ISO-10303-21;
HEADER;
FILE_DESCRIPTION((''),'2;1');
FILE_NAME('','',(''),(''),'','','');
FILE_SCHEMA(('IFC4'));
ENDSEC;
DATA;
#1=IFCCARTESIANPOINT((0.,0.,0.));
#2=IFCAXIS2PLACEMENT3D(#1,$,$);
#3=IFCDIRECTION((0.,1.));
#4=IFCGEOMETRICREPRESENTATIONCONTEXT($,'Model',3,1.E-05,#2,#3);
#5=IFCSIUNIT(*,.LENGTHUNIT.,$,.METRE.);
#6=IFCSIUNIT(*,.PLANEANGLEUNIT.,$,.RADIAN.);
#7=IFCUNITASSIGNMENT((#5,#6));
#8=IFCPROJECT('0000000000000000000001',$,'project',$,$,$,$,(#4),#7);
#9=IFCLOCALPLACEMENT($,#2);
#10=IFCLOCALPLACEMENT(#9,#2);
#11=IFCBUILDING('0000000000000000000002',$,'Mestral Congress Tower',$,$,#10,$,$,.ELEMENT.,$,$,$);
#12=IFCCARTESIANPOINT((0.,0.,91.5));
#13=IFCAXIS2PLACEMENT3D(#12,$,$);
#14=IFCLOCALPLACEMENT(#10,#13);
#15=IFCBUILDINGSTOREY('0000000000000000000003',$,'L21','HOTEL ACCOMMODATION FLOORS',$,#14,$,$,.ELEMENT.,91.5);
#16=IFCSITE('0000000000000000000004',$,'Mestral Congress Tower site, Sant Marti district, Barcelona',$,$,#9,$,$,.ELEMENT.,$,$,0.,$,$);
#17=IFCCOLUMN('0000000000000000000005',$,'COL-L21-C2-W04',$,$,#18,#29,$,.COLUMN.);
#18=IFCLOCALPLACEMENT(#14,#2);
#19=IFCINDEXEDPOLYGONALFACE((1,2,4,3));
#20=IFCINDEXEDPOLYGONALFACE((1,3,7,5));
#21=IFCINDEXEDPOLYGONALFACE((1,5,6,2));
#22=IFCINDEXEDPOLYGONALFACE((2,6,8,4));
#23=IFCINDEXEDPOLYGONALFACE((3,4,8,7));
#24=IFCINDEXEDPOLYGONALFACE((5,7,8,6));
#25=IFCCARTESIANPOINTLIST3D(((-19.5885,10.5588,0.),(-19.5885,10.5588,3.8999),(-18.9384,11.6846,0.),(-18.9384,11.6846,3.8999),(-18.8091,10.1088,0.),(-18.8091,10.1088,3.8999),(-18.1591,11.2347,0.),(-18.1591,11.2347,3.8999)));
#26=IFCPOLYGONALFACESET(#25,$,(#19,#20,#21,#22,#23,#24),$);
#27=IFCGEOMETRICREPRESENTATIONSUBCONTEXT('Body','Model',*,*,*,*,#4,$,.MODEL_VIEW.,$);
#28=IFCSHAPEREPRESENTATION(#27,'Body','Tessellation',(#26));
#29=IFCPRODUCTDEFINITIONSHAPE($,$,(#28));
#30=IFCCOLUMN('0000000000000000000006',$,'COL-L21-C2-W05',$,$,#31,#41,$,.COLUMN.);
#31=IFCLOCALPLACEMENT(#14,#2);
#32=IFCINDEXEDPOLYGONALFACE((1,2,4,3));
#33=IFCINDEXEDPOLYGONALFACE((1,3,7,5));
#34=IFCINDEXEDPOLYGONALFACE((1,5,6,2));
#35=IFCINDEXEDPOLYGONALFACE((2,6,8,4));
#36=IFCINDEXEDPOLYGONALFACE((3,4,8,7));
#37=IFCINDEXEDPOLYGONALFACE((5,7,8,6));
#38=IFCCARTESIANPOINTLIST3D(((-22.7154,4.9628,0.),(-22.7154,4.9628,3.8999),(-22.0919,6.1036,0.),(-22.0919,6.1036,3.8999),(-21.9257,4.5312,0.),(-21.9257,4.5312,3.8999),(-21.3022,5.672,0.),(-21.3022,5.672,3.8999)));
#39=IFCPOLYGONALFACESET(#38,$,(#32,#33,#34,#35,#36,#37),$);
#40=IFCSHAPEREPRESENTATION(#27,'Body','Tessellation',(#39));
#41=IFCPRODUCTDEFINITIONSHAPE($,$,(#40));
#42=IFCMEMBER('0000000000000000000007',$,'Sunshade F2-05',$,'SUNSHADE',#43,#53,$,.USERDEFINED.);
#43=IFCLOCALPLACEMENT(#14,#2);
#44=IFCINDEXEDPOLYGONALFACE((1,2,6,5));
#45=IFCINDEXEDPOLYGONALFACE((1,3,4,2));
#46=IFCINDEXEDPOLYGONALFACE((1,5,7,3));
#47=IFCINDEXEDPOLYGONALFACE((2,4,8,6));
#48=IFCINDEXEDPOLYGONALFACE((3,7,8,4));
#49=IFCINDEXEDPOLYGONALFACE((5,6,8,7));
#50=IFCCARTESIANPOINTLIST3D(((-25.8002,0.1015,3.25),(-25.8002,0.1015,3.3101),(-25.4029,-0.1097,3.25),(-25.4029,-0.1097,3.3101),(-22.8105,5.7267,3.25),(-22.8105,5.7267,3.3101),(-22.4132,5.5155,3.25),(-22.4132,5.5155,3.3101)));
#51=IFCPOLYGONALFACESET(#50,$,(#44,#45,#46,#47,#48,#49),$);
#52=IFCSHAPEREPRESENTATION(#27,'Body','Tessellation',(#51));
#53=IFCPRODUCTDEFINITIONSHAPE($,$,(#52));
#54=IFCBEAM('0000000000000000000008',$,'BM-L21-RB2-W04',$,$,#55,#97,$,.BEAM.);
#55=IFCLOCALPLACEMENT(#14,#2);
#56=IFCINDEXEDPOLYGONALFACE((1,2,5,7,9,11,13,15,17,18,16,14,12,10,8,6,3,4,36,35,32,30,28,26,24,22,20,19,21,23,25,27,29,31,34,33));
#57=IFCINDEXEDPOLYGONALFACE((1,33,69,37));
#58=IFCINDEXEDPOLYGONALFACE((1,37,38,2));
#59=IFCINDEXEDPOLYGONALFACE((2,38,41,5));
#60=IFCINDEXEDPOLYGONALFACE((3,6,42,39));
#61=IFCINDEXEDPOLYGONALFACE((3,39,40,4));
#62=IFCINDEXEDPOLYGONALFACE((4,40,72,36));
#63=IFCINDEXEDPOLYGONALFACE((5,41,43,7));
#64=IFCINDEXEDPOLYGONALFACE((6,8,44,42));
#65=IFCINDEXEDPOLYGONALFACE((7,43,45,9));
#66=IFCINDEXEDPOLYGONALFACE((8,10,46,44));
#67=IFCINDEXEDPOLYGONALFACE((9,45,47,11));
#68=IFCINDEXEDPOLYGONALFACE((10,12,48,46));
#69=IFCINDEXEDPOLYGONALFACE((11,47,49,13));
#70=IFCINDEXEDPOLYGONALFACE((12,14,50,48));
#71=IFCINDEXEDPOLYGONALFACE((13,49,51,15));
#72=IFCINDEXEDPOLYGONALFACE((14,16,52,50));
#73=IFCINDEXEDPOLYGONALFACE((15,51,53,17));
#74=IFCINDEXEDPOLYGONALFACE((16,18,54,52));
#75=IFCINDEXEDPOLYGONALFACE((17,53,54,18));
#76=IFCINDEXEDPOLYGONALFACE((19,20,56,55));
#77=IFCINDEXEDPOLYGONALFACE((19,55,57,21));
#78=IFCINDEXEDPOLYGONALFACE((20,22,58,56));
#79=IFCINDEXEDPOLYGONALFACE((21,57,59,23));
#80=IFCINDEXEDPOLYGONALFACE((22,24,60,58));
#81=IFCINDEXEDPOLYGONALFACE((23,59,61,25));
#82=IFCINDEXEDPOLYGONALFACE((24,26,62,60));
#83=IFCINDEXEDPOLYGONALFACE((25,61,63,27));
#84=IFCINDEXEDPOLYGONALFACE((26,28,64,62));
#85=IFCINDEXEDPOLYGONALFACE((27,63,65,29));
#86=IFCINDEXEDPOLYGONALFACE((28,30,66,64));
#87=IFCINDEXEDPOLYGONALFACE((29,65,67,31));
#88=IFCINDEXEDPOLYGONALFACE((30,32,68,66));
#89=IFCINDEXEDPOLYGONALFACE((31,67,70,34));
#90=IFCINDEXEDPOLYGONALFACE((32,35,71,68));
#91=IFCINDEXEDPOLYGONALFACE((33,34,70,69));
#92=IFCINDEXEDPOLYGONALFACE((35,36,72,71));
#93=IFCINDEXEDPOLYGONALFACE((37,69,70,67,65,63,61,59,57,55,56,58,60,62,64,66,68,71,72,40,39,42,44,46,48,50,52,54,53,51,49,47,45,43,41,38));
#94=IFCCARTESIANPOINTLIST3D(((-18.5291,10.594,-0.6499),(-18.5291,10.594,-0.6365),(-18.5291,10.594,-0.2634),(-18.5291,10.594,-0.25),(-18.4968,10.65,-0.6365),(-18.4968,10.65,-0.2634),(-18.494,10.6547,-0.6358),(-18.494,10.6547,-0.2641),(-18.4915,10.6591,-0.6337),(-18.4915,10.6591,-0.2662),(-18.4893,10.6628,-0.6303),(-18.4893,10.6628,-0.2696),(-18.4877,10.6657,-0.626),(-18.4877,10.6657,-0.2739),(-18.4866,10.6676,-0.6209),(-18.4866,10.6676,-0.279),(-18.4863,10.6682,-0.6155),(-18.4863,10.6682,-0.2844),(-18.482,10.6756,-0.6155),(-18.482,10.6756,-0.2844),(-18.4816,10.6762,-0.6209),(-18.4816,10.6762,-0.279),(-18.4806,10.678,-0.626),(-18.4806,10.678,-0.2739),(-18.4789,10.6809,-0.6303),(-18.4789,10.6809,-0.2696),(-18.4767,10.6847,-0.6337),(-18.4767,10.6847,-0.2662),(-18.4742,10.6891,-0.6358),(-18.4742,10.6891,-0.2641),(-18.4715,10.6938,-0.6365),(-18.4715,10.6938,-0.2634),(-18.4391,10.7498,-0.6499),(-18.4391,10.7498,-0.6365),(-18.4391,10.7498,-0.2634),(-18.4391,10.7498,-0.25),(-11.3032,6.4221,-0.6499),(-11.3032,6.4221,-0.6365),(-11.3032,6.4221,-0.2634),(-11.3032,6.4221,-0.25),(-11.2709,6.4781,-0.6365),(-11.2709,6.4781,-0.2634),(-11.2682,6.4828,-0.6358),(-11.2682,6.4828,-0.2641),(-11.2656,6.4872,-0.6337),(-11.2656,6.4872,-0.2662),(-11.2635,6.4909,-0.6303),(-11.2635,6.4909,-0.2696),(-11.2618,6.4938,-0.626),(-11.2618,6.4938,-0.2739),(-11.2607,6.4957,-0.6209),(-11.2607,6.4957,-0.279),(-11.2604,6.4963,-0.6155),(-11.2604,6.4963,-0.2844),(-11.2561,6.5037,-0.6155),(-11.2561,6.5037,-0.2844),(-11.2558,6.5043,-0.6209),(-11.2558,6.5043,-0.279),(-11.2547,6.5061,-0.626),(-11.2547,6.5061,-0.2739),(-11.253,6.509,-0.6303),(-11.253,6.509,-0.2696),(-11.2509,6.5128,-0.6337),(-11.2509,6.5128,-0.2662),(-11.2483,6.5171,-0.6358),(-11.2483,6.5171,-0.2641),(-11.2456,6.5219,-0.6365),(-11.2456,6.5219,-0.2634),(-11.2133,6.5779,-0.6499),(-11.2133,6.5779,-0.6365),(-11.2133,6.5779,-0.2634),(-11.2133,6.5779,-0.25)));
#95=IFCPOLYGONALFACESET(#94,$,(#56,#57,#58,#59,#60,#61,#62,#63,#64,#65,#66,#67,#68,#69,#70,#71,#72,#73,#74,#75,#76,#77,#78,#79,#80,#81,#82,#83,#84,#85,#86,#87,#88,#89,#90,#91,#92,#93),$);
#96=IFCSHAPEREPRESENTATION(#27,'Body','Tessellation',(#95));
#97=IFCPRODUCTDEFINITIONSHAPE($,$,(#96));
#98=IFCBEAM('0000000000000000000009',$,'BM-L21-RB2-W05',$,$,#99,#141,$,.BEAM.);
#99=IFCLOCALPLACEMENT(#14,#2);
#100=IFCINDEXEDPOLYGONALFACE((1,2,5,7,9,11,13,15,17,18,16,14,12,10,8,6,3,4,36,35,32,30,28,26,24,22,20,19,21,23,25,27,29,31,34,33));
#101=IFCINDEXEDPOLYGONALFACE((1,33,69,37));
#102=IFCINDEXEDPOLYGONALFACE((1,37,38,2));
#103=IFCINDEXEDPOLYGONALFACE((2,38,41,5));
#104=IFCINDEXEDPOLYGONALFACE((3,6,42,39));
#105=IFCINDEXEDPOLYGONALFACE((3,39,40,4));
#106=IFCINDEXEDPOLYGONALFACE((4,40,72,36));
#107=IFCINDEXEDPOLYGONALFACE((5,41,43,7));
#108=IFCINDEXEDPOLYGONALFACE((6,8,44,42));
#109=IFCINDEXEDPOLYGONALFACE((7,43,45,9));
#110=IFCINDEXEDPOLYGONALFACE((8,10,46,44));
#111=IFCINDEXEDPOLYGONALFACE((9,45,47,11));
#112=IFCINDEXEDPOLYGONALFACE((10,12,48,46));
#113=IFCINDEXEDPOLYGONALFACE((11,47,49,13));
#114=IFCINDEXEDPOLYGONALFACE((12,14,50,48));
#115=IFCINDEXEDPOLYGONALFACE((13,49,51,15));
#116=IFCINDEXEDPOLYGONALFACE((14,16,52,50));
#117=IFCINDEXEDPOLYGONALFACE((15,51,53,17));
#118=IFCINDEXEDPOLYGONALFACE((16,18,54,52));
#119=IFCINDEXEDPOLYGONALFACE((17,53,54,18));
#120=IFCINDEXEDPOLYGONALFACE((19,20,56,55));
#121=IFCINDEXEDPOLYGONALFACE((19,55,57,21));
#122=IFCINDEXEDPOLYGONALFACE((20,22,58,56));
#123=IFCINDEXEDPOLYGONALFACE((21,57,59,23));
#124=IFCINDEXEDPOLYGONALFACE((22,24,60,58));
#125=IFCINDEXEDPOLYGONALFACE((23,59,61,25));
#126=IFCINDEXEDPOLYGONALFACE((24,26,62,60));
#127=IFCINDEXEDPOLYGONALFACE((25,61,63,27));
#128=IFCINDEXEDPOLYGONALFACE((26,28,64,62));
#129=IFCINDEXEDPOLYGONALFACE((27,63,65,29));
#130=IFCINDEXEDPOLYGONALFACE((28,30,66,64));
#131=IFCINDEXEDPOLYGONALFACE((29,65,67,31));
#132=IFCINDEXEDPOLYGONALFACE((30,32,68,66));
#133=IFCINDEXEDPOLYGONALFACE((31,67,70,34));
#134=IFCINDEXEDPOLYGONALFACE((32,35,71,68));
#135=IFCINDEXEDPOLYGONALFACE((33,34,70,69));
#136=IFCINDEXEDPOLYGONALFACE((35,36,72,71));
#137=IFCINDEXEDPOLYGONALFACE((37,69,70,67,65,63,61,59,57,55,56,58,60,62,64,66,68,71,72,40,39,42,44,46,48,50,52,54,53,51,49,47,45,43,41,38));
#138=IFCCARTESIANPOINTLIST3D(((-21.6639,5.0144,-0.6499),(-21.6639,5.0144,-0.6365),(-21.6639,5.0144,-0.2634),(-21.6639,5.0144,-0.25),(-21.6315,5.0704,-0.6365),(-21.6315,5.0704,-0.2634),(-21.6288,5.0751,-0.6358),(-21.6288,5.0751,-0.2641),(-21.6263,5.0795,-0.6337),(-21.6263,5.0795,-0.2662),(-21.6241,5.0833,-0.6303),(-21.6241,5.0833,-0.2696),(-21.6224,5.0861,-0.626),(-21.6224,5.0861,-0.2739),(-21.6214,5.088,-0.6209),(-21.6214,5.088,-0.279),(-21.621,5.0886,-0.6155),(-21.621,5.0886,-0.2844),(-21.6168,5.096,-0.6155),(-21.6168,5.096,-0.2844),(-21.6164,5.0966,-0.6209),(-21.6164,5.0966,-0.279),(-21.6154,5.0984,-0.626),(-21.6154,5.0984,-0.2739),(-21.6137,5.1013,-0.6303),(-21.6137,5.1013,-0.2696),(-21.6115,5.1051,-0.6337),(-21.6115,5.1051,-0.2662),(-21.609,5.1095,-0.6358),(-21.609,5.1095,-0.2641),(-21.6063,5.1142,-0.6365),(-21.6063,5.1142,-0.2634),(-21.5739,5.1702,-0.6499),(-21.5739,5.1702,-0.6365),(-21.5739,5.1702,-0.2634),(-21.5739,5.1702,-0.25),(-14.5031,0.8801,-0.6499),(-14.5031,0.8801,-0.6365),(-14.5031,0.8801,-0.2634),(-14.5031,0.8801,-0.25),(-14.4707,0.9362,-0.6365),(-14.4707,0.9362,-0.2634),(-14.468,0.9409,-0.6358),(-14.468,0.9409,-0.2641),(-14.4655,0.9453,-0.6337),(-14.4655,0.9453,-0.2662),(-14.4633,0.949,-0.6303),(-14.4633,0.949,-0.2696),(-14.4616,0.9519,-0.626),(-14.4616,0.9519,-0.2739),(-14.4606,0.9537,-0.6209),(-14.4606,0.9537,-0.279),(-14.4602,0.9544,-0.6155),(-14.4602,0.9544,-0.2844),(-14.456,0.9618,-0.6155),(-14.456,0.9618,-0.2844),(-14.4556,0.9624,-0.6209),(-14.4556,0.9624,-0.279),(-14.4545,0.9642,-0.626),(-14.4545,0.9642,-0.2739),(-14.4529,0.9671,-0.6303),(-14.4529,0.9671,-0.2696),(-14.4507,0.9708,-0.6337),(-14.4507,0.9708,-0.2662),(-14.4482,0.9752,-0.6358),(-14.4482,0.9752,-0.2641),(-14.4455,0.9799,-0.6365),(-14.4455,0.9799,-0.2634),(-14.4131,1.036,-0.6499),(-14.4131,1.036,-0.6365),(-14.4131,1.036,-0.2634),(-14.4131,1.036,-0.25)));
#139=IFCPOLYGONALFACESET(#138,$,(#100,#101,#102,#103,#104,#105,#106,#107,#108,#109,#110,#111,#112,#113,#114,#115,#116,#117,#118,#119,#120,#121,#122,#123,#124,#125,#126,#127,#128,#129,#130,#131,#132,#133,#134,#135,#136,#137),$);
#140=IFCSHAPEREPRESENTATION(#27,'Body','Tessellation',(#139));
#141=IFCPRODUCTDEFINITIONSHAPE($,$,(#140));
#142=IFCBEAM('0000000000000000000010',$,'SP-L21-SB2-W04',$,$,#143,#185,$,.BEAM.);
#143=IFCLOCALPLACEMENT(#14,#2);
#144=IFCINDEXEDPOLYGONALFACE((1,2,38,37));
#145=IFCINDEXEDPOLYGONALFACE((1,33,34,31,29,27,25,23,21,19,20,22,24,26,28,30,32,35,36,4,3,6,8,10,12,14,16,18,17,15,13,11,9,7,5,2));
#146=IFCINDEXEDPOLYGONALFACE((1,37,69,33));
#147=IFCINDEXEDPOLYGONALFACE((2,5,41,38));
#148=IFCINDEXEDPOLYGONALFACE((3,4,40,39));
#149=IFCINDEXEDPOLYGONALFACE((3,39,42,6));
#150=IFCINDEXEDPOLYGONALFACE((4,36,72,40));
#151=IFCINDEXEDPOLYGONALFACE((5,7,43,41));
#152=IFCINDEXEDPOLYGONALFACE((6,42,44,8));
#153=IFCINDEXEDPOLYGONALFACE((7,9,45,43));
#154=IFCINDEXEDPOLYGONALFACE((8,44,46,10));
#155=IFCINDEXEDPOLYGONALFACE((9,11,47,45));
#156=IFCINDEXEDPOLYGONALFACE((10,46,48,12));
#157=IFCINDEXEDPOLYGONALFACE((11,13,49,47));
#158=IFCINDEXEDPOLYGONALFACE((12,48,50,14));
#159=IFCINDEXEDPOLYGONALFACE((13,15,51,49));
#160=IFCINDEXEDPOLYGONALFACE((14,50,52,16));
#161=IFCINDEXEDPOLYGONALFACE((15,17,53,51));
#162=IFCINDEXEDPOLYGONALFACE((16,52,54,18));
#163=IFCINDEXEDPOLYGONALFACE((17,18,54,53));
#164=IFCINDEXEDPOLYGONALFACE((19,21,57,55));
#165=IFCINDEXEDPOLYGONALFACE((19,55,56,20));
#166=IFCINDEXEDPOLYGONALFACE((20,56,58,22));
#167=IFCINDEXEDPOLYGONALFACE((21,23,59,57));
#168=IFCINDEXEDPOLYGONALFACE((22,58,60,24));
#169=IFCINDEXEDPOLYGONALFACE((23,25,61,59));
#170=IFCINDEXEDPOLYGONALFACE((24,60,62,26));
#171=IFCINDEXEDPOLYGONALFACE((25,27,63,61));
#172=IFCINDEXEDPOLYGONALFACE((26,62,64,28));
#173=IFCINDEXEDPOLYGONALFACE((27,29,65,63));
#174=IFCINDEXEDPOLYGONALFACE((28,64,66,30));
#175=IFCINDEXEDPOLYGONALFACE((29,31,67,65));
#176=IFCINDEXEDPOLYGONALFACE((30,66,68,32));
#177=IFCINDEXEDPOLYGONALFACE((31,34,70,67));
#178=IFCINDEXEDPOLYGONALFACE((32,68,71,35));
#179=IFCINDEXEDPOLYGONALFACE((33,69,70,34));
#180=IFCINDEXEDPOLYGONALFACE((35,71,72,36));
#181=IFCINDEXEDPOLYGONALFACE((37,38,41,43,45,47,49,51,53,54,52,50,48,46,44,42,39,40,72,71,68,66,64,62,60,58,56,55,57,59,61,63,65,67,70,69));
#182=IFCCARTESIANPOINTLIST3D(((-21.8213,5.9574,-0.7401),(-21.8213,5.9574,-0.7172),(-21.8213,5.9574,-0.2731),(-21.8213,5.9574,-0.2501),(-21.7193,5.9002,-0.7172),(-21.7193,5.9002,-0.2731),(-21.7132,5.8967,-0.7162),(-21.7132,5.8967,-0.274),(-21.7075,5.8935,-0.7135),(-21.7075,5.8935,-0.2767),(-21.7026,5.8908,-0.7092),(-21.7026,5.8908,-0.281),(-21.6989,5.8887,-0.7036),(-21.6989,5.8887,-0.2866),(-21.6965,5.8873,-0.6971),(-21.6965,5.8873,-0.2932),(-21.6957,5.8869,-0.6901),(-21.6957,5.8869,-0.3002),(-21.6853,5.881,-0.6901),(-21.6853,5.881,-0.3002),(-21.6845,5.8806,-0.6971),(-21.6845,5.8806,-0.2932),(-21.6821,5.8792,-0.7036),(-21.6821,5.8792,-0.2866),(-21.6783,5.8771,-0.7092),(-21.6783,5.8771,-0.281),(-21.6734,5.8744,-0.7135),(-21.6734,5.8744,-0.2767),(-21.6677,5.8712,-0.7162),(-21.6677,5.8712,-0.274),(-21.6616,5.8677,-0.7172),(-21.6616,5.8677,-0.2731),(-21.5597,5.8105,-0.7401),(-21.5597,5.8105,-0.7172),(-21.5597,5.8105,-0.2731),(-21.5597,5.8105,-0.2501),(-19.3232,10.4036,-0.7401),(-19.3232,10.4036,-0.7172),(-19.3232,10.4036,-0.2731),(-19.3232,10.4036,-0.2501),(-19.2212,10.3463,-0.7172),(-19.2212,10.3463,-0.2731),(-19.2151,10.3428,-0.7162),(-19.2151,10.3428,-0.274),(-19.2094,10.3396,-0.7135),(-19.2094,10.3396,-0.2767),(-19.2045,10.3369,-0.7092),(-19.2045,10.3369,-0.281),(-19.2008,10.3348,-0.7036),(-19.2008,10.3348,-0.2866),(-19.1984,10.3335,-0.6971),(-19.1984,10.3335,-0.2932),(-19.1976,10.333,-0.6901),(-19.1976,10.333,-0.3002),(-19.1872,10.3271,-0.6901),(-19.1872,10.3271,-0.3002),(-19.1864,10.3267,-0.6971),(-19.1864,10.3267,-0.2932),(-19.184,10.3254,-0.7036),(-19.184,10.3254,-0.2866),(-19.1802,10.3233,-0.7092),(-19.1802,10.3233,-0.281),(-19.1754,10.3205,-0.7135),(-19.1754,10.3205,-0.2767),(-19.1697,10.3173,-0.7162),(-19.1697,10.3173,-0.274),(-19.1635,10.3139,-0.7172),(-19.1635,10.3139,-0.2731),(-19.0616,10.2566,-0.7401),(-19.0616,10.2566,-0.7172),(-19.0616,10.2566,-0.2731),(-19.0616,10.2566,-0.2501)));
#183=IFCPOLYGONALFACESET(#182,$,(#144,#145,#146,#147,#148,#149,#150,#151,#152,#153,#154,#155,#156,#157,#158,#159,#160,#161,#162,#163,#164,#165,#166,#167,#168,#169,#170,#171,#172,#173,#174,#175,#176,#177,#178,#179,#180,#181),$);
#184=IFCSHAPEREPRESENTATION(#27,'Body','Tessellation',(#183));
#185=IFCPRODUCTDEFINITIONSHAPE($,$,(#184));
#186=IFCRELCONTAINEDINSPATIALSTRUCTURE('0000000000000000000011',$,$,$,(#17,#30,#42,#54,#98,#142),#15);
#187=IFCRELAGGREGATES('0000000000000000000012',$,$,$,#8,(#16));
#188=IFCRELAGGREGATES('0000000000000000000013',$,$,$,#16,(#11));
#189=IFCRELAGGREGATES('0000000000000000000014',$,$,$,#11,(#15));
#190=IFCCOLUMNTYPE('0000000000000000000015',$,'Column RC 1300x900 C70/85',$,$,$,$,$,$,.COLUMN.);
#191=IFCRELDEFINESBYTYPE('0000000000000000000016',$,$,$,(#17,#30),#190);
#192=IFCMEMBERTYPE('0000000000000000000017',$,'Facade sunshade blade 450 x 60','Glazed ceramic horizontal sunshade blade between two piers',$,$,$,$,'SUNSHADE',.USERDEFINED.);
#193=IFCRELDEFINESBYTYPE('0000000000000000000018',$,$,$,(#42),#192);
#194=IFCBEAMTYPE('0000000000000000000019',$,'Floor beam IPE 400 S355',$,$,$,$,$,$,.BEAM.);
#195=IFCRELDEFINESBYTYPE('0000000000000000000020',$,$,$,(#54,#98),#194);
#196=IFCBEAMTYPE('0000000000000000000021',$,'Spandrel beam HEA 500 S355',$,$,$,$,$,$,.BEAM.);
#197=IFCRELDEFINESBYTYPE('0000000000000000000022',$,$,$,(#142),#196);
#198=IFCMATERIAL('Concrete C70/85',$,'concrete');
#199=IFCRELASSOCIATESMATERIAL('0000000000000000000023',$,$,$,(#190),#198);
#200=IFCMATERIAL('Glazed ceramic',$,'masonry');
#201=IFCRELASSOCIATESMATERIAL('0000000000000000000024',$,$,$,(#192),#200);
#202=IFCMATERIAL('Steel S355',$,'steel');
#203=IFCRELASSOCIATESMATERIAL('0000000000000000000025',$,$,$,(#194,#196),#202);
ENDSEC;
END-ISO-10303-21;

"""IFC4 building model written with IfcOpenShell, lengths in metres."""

from ifc_helpers import new_model, si_unit, direction, frame, origin, origin_2d, place, context, subcontext, project, spatial, rectangle, i_section, extrude, material, material_profile, profile_set, type_object, element, save


model = new_model("IFC4")

# Units and contexts
model_context = context("Model", 3, precision=1e-05, world=origin(), true_north=direction((0.0, 1.0)))
body_context = subcontext(model_context, "Body", "Model", "MODEL_VIEW")
ifc_project = project(units=[si_unit("LENGTHUNIT", "METRE"), si_unit("PLANEANGLEUNIT", "RADIAN")], contexts=[model_context])

# Site, building, storey
site_placement = place(None, origin())
site = spatial("IfcSite", under=ifc_project, at=site_placement, Name="Mestral Congress Tower site, Sant Marti district, Barcelona", CompositionType="ELEMENT", RefElevation=0.0)
building_placement = place(site_placement, origin())
building = spatial("IfcBuilding", under=site, at=building_placement, Name="Mestral Congress Tower", CompositionType="ELEMENT")
storey_placement = place(building_placement, frame((0.0, 0.0, 91.5)))
storey = spatial("IfcBuildingStorey", under=building, at=storey_placement, Name="L21", Description="HOTEL ACCOMMODATION FLOORS", CompositionType="ELEMENT", Elevation=91.5)

# Columns
ifc_material_1 = material(Name="Concrete C70/85", Category="concrete")
ifc_material_profile_1 = material_profile(ifc_material_1, rectangle(XDim=1.3, YDim=0.8999, at=origin_2d()), Name="RC 1300x900")
ifc_profile_set_1 = profile_set([ifc_material_profile_1], Name="Concrete C70/85")
column_type = type_object("IfcColumnType", Name="Column RC 1300x900 C70/85", PredefinedType="COLUMN", material=ifc_profile_set_1)
for number, where, z_axis, x_axis, name in (
    (1, (-18.8738, 10.8967, 0.0), (0.0, 0.0, 1.0), (-0.5, -0.866025, 0.0), "COL-L21-C2-W04"),
    (2, (-22.0088, 5.3174, 0.0), (0.0, 0.0, 1.0), (-0.479613, -0.87748, 0.0), "COL-L21-C2-W05"),
):
    element("IfcColumn", number, at=place(storey_placement, frame(where, z_axis=z_axis, x_axis=x_axis)), inside=storey, type_object=column_type, Name=name, PredefinedType="COLUMN", context=body_context, shape_type="SweptSolid", body=[
        extrude(rectangle(XDim=1.3, YDim=0.8999, at=origin_2d()), origin(), (0.0, 0.0, 1.0), 3.8999),
    ])

# Member
ifc_material_2 = material(Name="Glazed ceramic", Category="masonry")
ifc_material_profile_2 = material_profile(ifc_material_2, rectangle(XDim=0.45, YDim=0.0601, at=origin_2d()), Name="Ceramic blade 450 x 60")
ifc_profile_set_2 = profile_set([ifc_material_profile_2], Name="Glazed ceramic")
member_type = type_object("IfcMemberType", Name="Facade sunshade blade 450 x 60", Description="Glazed ceramic horizontal sunshade blade between two piers", ElementType="SUNSHADE", PredefinedType="USERDEFINED", material=ifc_profile_set_2)
member_placement = place(storey_placement, frame((-22.6118, 5.6211, 3.28), z_axis=(-0.469319, -0.883029, 0.0), x_axis=(0.883029, -0.469319, 0.0)))
element("IfcMember", 3, at=member_placement, inside=storey, type_object=member_type, Name="Sunshade F2-05", ObjectType="SUNSHADE", PredefinedType="USERDEFINED", context=body_context, shape_type="SweptSolid", body=[
    extrude(rectangle(XDim=0.45, YDim=0.0601, at=origin_2d()), origin(), (0.0, 0.0, 1.0), 6.3704),
])

# Beams
ifc_material_3 = material(Name="Steel S355", Category="steel")
ifc_material_profile_3 = material_profile(ifc_material_3, i_section(OverallWidth=0.1799, OverallDepth=0.3999, WebThickness=0.0085, FlangeThickness=0.0134, FilletRadius=0.021, at=origin_2d()), Name="IPE 400")
ifc_profile_set_3 = profile_set([ifc_material_profile_3], Name="Steel S355")
beam_type_1 = type_object("IfcBeamType", Name="Floor beam IPE 400 S355", PredefinedType="BEAM", material=ifc_profile_set_3)
beam_1_placement = place(storey_placement, frame((-18.4841, 10.6719, -0.45), z_axis=(0.866023, -0.500004, 0.0), x_axis=(0.500004, 0.866023, 0.0)))
element("IfcBeam", 4, at=beam_1_placement, inside=storey, type_object=beam_type_1, Name="BM-L21-RB2-W04", PredefinedType="BEAM", context=body_context, shape_type="SweptSolid", body=[
    extrude(i_section(OverallWidth=0.1799, OverallDepth=0.3999, WebThickness=0.0085, FlangeThickness=0.0134, FilletRadius=0.021, at=origin_2d()), origin(), (0.0, 0.0, 1.0), 8.3438),
])
beam_2_placement = place(storey_placement, frame((-21.6189, 5.0923, -0.45), z_axis=(0.866029, -0.499994, 0.0), x_axis=(0.499994, 0.866029, 0.0)))
element("IfcBeam", 5, at=beam_2_placement, inside=storey, type_object=beam_type_1, Name="BM-L21-RB2-W05", PredefinedType="BEAM", context=body_context, shape_type="SweptSolid", body=[
    extrude(i_section(OverallWidth=0.1799, OverallDepth=0.3999, WebThickness=0.0085, FlangeThickness=0.0134, FilletRadius=0.021, at=origin_2d()), origin(), (0.0, 0.0, 1.0), 8.2686),
])
ifc_material_profile_4 = material_profile(ifc_material_3, i_section(OverallWidth=0.3, OverallDepth=0.49, WebThickness=0.012, FlangeThickness=0.0229, FilletRadius=0.0271, at=origin_2d()), Name="HEA 500")
ifc_profile_set_4 = profile_set([ifc_material_profile_4], Name="Steel S355")
beam_type_2 = type_object("IfcBeamType", Name="Spandrel beam HEA 500 S355", PredefinedType="BEAM", material=ifc_profile_set_4)
for number, where, z_axis, x_axis, name in (
    (6, (-19.1924, 10.3301, -0.4951), (-0.489836, -0.871815, 0.0), (0.871815, -0.489836, 0.0), "SP-L21-SB2-W04"),
):
    element("IfcBeam", number, at=place(storey_placement, frame(where, z_axis=z_axis, x_axis=x_axis)), inside=storey, type_object=beam_type_2, Name=name, PredefinedType="BEAM", context=body_context, shape_type="SweptSolid", body=[
        extrude(i_section(OverallWidth=0.3, OverallDepth=0.49, WebThickness=0.012, FlangeThickness=0.0229, FilletRadius=0.0271, at=origin_2d()), origin(), (0.0, 0.0, 1.0), 5.0999),
    ])

save(model, "model.ifc")
